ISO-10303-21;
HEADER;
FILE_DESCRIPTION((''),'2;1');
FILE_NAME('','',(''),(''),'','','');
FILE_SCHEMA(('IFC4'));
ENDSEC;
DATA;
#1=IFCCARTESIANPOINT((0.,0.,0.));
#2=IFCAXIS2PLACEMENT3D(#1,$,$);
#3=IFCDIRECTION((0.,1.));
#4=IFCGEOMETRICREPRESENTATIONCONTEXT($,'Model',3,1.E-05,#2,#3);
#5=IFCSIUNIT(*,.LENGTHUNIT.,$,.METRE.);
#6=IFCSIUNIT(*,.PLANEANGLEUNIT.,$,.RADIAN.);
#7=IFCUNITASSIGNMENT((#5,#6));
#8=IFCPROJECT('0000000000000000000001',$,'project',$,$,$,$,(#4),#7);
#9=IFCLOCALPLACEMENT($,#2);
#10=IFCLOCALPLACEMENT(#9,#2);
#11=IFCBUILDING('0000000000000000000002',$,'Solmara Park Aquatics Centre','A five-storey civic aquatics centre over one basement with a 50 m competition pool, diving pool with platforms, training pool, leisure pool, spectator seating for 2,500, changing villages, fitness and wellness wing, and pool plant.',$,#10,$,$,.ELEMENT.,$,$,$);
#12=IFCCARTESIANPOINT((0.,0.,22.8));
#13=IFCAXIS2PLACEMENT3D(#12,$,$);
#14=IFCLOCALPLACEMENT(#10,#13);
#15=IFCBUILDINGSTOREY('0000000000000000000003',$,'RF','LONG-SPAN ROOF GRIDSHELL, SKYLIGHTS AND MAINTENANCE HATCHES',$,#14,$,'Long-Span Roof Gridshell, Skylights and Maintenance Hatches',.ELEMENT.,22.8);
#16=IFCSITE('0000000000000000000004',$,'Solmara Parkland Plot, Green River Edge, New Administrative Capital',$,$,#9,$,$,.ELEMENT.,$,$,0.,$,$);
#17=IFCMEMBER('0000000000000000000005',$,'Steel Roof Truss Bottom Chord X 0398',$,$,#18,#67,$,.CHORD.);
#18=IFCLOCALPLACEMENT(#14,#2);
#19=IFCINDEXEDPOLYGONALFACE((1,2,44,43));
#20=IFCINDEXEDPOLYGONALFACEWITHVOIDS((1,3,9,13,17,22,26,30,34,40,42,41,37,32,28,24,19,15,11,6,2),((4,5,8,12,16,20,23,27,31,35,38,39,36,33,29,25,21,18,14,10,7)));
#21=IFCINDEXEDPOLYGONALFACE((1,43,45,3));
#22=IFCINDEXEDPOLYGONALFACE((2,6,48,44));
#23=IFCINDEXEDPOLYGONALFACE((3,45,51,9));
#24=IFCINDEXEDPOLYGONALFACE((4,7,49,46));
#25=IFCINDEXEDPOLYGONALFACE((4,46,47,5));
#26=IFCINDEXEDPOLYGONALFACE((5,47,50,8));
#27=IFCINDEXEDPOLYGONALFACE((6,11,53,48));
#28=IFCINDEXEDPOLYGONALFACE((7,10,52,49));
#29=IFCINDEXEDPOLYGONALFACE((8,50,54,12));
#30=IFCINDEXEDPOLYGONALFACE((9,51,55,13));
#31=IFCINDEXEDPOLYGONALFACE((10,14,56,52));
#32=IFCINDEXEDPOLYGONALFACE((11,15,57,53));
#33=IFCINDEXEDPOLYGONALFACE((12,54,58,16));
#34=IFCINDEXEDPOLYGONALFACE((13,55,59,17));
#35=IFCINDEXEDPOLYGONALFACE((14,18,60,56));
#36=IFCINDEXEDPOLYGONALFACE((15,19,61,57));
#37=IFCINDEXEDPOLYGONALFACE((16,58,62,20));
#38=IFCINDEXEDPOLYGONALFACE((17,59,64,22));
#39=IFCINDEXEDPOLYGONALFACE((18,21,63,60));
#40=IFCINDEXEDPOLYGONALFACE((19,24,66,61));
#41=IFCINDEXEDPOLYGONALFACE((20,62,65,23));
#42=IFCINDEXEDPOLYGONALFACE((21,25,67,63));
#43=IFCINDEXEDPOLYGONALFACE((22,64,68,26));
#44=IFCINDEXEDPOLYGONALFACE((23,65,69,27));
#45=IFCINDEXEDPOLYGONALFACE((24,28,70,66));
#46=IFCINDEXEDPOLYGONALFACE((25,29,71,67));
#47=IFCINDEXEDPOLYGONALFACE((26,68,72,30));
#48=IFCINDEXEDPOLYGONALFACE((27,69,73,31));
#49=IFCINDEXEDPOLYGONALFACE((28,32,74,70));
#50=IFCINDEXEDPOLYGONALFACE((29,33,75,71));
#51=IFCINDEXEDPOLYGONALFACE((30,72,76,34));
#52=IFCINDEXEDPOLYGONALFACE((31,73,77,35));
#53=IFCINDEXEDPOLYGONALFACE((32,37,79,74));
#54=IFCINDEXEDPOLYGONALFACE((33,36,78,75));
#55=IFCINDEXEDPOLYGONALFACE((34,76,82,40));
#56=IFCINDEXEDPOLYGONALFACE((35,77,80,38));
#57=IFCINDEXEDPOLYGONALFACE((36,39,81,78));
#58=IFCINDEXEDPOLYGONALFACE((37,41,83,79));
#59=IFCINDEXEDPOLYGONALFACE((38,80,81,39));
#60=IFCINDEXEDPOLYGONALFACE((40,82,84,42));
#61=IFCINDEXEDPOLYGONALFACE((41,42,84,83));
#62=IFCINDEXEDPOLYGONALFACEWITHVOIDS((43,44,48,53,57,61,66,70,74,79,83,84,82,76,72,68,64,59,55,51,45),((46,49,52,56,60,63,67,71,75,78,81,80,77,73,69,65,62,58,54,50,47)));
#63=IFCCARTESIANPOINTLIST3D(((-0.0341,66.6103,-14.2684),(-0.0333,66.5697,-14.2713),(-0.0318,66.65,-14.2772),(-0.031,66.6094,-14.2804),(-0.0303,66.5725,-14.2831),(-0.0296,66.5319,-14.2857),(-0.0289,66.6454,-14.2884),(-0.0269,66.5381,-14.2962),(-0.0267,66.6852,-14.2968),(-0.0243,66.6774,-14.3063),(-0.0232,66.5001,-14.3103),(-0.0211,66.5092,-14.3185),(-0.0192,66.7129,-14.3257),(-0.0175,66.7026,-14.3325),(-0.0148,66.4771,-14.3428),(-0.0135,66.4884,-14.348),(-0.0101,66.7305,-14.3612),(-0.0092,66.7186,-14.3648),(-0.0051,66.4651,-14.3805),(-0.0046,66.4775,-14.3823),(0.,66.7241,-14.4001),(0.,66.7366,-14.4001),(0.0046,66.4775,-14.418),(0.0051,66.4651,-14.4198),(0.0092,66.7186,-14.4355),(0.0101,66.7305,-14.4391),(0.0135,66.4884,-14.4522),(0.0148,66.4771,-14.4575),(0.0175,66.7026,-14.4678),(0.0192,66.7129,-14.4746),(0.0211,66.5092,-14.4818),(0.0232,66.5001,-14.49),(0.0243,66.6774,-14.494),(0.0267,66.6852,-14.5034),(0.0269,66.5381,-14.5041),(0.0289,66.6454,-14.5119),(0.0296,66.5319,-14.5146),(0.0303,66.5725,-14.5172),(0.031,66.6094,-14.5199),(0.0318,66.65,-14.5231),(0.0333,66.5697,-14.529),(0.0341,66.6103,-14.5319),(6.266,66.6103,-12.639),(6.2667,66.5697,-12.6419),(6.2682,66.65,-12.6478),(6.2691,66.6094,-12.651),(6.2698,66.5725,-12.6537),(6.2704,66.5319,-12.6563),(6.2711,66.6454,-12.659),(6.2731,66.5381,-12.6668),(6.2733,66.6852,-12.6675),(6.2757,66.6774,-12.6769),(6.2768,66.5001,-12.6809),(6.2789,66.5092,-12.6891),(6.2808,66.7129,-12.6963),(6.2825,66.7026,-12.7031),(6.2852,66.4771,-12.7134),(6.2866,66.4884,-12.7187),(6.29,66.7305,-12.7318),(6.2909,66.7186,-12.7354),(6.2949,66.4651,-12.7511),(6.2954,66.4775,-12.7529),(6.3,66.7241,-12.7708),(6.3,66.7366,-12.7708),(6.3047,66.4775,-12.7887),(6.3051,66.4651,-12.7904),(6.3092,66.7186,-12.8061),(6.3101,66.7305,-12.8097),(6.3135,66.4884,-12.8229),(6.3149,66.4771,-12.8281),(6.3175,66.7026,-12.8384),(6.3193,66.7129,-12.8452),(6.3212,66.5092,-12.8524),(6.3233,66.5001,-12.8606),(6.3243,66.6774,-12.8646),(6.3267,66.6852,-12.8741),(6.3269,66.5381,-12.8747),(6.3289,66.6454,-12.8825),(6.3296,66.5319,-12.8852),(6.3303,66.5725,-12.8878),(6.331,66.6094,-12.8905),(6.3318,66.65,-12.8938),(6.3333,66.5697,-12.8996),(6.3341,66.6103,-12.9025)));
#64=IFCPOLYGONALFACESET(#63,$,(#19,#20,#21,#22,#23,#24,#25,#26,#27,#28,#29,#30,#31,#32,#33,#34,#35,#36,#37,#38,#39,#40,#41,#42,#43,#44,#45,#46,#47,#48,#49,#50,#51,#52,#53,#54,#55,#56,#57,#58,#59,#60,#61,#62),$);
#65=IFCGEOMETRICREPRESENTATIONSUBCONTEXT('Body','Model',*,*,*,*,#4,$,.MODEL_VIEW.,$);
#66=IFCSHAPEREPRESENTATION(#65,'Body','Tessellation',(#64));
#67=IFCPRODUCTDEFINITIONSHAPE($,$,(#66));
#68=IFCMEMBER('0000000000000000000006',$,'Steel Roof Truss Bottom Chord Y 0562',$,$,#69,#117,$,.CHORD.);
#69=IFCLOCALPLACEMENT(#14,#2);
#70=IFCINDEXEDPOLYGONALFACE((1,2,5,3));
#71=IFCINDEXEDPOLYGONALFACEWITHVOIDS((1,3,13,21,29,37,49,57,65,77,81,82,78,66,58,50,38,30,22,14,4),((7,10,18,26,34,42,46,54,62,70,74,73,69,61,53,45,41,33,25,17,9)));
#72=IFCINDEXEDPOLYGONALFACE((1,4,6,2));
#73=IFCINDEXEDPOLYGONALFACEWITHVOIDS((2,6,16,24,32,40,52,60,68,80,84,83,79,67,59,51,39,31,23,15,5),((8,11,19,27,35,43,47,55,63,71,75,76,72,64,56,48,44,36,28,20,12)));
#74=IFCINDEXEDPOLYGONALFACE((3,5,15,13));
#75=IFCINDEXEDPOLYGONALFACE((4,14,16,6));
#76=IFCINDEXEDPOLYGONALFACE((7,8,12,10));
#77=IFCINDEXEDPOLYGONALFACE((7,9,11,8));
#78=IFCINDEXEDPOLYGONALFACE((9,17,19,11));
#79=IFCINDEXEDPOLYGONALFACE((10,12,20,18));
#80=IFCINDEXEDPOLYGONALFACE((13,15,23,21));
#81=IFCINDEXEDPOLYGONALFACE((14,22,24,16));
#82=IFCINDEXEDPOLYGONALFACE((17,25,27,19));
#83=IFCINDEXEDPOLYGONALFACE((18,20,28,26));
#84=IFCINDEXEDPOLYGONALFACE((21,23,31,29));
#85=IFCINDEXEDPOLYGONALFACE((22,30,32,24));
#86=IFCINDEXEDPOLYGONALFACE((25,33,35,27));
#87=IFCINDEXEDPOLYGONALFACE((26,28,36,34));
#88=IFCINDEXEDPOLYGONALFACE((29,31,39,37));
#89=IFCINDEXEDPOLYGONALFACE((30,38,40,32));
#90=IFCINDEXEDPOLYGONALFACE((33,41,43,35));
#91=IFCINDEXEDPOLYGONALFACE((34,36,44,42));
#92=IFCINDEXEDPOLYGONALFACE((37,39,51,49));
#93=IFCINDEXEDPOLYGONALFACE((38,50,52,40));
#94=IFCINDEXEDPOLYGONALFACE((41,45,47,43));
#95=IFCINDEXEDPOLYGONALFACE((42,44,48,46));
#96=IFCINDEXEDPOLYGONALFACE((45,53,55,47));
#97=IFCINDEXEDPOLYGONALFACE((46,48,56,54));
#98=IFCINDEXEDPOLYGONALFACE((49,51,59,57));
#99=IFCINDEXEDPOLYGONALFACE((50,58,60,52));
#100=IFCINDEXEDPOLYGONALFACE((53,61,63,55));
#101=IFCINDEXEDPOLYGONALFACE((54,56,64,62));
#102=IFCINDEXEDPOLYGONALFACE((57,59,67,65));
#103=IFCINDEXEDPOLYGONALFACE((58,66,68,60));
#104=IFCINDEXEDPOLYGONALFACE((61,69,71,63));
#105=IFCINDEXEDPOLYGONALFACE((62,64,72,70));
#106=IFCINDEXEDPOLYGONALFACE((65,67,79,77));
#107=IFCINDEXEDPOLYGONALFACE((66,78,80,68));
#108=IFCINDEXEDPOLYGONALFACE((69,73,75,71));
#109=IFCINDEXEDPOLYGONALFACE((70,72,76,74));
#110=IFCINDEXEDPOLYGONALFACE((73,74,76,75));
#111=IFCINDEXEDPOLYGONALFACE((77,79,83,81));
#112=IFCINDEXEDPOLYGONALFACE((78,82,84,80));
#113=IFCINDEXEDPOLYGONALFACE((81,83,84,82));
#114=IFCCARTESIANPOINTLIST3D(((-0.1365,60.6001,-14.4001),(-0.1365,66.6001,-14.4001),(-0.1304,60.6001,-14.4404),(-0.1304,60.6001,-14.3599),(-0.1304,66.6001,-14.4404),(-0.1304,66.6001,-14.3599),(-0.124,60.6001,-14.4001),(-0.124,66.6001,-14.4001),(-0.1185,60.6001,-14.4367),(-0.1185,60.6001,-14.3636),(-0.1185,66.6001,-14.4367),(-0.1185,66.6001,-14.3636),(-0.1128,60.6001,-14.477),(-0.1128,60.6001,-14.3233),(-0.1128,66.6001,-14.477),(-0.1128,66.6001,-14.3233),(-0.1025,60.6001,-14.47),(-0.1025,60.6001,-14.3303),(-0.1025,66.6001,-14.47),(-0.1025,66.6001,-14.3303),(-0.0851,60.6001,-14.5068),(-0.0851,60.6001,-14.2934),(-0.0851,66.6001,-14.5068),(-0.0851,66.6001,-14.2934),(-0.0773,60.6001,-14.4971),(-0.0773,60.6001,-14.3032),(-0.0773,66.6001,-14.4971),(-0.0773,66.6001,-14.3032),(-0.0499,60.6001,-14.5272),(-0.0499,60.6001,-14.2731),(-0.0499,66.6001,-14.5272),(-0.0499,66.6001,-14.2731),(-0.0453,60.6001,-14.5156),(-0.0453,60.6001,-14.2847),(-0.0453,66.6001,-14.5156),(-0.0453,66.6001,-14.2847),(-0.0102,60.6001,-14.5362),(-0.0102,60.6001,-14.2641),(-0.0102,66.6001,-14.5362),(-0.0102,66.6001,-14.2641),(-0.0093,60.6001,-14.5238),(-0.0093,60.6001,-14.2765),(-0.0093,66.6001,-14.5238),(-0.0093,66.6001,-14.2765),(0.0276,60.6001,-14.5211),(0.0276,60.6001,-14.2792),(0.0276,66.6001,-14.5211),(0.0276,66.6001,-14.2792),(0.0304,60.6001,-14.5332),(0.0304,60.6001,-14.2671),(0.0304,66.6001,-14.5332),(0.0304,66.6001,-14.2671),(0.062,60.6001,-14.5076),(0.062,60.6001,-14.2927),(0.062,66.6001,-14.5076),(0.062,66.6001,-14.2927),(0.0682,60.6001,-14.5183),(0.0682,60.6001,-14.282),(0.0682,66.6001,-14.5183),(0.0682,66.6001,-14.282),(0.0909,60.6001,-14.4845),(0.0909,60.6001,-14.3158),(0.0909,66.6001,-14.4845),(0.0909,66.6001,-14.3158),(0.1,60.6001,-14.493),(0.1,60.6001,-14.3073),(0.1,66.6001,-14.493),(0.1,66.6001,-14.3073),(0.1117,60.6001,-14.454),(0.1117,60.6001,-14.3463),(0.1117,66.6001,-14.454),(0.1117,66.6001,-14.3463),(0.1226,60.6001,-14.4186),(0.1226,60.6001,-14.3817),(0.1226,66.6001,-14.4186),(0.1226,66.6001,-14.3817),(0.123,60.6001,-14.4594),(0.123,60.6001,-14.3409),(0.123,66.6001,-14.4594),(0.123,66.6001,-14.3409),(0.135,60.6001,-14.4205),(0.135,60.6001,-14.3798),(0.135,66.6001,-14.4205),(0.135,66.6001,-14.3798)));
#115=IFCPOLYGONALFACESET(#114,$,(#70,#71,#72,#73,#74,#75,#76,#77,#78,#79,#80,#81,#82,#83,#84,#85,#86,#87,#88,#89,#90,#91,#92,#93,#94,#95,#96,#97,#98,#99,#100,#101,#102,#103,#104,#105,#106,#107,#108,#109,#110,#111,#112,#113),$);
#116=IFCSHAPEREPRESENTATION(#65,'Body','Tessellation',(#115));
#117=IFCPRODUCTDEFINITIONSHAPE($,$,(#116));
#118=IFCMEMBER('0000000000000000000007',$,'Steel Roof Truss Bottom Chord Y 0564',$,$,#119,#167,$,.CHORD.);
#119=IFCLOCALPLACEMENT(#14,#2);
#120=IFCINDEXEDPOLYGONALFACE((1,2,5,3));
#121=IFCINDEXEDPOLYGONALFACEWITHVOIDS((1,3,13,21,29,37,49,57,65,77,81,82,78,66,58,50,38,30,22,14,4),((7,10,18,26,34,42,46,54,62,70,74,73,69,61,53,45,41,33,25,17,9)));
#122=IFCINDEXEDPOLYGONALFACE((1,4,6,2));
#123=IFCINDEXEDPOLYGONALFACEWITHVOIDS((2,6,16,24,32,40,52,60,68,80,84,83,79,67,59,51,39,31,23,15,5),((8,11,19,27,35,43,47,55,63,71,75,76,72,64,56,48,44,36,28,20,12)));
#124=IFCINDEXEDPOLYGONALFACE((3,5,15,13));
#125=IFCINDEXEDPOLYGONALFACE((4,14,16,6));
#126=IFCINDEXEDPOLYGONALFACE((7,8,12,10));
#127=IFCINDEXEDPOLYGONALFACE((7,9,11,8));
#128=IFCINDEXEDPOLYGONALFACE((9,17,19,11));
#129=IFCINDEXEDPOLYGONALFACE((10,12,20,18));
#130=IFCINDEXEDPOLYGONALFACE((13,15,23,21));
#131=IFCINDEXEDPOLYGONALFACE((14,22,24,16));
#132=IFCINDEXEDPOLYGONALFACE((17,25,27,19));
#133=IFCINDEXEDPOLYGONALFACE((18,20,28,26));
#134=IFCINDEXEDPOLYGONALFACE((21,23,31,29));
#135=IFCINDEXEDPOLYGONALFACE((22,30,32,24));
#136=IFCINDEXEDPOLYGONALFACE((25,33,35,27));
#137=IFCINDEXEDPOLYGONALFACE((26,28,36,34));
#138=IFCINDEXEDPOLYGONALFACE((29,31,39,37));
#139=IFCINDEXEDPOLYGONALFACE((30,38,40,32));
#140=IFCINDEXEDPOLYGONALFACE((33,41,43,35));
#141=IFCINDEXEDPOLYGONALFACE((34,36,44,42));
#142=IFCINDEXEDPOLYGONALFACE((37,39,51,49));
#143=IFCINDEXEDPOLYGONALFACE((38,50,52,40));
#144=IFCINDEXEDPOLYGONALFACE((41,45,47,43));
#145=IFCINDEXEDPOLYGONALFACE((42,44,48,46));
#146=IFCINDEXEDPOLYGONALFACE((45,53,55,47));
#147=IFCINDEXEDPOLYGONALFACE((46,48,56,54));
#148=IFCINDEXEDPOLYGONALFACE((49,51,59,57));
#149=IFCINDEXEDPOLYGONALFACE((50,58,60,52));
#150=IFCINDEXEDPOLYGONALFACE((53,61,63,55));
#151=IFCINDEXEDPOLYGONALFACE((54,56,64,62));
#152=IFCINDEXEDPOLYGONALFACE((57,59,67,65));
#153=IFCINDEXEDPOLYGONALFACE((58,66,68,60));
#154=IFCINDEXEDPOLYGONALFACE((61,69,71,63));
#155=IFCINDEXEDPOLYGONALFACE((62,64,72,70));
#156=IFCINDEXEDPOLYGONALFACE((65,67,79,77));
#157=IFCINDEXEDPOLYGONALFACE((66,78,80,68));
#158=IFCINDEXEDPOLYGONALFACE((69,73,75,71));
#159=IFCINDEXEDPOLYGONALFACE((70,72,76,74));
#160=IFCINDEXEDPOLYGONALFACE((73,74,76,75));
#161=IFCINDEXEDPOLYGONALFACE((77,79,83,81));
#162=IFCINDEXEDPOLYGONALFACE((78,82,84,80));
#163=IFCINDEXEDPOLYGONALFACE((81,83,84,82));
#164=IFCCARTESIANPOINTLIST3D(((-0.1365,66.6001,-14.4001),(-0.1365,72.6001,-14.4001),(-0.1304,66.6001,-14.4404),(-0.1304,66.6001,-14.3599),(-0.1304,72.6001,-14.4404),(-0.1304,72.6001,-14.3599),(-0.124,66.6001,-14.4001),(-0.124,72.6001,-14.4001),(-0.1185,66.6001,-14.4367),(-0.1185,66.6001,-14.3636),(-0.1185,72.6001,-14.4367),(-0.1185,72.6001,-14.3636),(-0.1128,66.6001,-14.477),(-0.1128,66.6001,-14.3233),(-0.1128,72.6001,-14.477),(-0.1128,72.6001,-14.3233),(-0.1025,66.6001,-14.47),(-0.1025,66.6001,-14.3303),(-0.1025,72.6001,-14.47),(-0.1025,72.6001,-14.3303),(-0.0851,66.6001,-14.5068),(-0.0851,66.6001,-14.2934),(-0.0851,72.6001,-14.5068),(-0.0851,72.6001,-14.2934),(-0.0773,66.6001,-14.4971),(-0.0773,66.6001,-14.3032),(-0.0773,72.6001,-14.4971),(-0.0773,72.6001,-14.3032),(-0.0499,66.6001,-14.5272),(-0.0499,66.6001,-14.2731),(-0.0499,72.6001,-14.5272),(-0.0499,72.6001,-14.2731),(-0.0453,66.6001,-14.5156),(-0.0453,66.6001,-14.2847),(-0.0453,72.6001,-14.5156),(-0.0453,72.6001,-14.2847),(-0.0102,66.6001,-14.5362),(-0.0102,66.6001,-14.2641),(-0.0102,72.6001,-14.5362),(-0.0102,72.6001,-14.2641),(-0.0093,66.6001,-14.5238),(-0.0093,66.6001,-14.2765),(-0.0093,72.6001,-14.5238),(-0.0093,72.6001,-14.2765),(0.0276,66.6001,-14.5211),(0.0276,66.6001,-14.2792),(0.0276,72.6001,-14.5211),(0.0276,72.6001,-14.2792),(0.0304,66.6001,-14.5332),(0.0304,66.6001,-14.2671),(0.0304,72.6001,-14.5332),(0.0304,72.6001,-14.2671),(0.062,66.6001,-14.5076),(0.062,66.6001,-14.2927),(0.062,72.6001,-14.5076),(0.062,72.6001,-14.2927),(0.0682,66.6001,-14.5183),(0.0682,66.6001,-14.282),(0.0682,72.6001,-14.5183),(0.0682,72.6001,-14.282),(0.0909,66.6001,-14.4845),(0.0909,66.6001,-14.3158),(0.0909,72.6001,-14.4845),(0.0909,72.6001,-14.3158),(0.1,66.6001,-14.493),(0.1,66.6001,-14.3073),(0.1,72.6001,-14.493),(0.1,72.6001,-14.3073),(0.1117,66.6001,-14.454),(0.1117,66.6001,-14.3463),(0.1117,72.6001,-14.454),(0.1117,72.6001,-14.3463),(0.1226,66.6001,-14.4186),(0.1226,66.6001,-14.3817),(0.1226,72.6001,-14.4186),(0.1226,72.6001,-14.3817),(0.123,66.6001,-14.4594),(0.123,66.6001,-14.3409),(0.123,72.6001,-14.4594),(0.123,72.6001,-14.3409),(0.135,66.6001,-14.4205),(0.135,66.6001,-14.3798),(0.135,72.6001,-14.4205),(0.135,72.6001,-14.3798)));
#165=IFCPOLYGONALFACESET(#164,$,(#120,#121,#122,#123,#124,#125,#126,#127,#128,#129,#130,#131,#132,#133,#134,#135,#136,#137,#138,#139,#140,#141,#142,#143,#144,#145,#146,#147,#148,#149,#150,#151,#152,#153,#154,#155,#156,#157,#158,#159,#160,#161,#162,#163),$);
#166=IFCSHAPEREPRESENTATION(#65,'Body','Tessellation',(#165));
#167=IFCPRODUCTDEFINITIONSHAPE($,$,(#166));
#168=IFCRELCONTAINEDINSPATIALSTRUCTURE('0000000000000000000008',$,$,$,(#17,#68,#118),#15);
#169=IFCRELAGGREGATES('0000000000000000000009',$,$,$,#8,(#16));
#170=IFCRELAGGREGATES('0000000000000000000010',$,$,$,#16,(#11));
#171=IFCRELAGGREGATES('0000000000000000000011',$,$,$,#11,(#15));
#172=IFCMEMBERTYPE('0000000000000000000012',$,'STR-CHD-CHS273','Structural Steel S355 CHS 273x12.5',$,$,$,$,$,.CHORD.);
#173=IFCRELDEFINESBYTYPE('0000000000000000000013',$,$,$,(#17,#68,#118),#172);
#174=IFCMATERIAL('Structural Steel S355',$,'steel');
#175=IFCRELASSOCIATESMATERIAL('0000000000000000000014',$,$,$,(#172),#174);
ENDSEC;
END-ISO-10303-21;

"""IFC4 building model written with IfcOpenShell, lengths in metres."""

from ifc_helpers import new_model, si_unit, direction, frame, origin, origin_2d, place, context, subcontext, project, spatial, hollow_circle, extrude, material, material_profile, profile_set, type_object, element, save


model = new_model("IFC4")

# Units and contexts
model_context = context("Model", 3, precision=1e-05, world=origin(), true_north=direction((0.0, 1.0)))
body_context = subcontext(model_context, "Body", "Model", "MODEL_VIEW")
ifc_project = project(units=[si_unit("LENGTHUNIT", "METRE"), si_unit("PLANEANGLEUNIT", "RADIAN")], contexts=[model_context])

# Site, building, storey
site_placement = place(None, origin())
site = spatial("IfcSite", under=ifc_project, at=site_placement, Name="Solmara Parkland Plot, Green River Edge, New Administrative Capital", CompositionType="ELEMENT", RefElevation=0.0)
building_placement = place(site_placement, origin())
building = spatial("IfcBuilding", under=site, at=building_placement, Name="Solmara Park Aquatics Centre", Description="A five-storey civic aquatics centre over one basement with a 50 m competition pool, diving pool with platforms, training pool, leisure pool, spectator seating for 2,500, changing villages, fitness and wellness wing, and pool plant.", CompositionType="ELEMENT")
storey_placement = place(building_placement, frame((0.0, 0.0, 22.8)))
storey = spatial("IfcBuildingStorey", under=building, at=storey_placement, Name="RF", Description="LONG-SPAN ROOF GRIDSHELL, SKYLIGHTS AND MAINTENANCE HATCHES", LongName="Long-Span Roof Gridshell, Skylights and Maintenance Hatches", CompositionType="ELEMENT", Elevation=22.8)

# Members
ifc_material_1 = material(Name="Structural Steel S355", Category="steel")
ifc_material_profile_1 = material_profile(ifc_material_1, hollow_circle(Radius=0.1365, WallThickness=0.0125, at=origin_2d()), Name="CHS 273x12.5")
ifc_profile_set_1 = profile_set([ifc_material_profile_1], Name="Structural Steel S355")
member_type_1 = type_object("IfcMemberType", Name="STR-CHD-CHS273", Description="Structural Steel S355 CHS 273x12.5", PredefinedType="CHORD", material=ifc_profile_set_1)
member_1_placement = place(storey_placement, frame((0.0, 66.6001, -14.4001), z_axis=(0.968144, 0.0, 0.250393), x_axis=(0.0, 1.0, 0.0)))
element("IfcMember", 1, at=member_1_placement, inside=storey, type_object=member_type_1, Name="Steel Roof Truss Bottom Chord X 0398", PredefinedType="CHORD", context=body_context, shape_type="SweptSolid", body=[
    extrude(hollow_circle(Radius=0.1365, WallThickness=0.0125, at=origin_2d()), origin(), (0.0, 0.0, 1.0), 6.5073),
])
for number, where, z_axis, x_axis, name in (
    (2, (0.0, 60.6001, -14.4001), (0.0, 1.0, 0.0), (-1.0, 0.0, 0.0), "Steel Roof Truss Bottom Chord Y 0562"),
    (3, (0.0, 66.6001, -14.4001), (0.0, 1.0, 0.0), (-1.0, 0.0, 0.0), "Steel Roof Truss Bottom Chord Y 0564"),
):
    element("IfcMember", number, at=place(storey_placement, frame(where, z_axis=z_axis, x_axis=x_axis)), inside=storey, type_object=member_type_1, Name=name, PredefinedType="CHORD", context=body_context, shape_type="SweptSolid", body=[
        extrude(hollow_circle(Radius=0.1365, WallThickness=0.0125, at=origin_2d()), origin(), (0.0, 0.0, 1.0), 6.0),
    ])

save(model, "model.ifc")
